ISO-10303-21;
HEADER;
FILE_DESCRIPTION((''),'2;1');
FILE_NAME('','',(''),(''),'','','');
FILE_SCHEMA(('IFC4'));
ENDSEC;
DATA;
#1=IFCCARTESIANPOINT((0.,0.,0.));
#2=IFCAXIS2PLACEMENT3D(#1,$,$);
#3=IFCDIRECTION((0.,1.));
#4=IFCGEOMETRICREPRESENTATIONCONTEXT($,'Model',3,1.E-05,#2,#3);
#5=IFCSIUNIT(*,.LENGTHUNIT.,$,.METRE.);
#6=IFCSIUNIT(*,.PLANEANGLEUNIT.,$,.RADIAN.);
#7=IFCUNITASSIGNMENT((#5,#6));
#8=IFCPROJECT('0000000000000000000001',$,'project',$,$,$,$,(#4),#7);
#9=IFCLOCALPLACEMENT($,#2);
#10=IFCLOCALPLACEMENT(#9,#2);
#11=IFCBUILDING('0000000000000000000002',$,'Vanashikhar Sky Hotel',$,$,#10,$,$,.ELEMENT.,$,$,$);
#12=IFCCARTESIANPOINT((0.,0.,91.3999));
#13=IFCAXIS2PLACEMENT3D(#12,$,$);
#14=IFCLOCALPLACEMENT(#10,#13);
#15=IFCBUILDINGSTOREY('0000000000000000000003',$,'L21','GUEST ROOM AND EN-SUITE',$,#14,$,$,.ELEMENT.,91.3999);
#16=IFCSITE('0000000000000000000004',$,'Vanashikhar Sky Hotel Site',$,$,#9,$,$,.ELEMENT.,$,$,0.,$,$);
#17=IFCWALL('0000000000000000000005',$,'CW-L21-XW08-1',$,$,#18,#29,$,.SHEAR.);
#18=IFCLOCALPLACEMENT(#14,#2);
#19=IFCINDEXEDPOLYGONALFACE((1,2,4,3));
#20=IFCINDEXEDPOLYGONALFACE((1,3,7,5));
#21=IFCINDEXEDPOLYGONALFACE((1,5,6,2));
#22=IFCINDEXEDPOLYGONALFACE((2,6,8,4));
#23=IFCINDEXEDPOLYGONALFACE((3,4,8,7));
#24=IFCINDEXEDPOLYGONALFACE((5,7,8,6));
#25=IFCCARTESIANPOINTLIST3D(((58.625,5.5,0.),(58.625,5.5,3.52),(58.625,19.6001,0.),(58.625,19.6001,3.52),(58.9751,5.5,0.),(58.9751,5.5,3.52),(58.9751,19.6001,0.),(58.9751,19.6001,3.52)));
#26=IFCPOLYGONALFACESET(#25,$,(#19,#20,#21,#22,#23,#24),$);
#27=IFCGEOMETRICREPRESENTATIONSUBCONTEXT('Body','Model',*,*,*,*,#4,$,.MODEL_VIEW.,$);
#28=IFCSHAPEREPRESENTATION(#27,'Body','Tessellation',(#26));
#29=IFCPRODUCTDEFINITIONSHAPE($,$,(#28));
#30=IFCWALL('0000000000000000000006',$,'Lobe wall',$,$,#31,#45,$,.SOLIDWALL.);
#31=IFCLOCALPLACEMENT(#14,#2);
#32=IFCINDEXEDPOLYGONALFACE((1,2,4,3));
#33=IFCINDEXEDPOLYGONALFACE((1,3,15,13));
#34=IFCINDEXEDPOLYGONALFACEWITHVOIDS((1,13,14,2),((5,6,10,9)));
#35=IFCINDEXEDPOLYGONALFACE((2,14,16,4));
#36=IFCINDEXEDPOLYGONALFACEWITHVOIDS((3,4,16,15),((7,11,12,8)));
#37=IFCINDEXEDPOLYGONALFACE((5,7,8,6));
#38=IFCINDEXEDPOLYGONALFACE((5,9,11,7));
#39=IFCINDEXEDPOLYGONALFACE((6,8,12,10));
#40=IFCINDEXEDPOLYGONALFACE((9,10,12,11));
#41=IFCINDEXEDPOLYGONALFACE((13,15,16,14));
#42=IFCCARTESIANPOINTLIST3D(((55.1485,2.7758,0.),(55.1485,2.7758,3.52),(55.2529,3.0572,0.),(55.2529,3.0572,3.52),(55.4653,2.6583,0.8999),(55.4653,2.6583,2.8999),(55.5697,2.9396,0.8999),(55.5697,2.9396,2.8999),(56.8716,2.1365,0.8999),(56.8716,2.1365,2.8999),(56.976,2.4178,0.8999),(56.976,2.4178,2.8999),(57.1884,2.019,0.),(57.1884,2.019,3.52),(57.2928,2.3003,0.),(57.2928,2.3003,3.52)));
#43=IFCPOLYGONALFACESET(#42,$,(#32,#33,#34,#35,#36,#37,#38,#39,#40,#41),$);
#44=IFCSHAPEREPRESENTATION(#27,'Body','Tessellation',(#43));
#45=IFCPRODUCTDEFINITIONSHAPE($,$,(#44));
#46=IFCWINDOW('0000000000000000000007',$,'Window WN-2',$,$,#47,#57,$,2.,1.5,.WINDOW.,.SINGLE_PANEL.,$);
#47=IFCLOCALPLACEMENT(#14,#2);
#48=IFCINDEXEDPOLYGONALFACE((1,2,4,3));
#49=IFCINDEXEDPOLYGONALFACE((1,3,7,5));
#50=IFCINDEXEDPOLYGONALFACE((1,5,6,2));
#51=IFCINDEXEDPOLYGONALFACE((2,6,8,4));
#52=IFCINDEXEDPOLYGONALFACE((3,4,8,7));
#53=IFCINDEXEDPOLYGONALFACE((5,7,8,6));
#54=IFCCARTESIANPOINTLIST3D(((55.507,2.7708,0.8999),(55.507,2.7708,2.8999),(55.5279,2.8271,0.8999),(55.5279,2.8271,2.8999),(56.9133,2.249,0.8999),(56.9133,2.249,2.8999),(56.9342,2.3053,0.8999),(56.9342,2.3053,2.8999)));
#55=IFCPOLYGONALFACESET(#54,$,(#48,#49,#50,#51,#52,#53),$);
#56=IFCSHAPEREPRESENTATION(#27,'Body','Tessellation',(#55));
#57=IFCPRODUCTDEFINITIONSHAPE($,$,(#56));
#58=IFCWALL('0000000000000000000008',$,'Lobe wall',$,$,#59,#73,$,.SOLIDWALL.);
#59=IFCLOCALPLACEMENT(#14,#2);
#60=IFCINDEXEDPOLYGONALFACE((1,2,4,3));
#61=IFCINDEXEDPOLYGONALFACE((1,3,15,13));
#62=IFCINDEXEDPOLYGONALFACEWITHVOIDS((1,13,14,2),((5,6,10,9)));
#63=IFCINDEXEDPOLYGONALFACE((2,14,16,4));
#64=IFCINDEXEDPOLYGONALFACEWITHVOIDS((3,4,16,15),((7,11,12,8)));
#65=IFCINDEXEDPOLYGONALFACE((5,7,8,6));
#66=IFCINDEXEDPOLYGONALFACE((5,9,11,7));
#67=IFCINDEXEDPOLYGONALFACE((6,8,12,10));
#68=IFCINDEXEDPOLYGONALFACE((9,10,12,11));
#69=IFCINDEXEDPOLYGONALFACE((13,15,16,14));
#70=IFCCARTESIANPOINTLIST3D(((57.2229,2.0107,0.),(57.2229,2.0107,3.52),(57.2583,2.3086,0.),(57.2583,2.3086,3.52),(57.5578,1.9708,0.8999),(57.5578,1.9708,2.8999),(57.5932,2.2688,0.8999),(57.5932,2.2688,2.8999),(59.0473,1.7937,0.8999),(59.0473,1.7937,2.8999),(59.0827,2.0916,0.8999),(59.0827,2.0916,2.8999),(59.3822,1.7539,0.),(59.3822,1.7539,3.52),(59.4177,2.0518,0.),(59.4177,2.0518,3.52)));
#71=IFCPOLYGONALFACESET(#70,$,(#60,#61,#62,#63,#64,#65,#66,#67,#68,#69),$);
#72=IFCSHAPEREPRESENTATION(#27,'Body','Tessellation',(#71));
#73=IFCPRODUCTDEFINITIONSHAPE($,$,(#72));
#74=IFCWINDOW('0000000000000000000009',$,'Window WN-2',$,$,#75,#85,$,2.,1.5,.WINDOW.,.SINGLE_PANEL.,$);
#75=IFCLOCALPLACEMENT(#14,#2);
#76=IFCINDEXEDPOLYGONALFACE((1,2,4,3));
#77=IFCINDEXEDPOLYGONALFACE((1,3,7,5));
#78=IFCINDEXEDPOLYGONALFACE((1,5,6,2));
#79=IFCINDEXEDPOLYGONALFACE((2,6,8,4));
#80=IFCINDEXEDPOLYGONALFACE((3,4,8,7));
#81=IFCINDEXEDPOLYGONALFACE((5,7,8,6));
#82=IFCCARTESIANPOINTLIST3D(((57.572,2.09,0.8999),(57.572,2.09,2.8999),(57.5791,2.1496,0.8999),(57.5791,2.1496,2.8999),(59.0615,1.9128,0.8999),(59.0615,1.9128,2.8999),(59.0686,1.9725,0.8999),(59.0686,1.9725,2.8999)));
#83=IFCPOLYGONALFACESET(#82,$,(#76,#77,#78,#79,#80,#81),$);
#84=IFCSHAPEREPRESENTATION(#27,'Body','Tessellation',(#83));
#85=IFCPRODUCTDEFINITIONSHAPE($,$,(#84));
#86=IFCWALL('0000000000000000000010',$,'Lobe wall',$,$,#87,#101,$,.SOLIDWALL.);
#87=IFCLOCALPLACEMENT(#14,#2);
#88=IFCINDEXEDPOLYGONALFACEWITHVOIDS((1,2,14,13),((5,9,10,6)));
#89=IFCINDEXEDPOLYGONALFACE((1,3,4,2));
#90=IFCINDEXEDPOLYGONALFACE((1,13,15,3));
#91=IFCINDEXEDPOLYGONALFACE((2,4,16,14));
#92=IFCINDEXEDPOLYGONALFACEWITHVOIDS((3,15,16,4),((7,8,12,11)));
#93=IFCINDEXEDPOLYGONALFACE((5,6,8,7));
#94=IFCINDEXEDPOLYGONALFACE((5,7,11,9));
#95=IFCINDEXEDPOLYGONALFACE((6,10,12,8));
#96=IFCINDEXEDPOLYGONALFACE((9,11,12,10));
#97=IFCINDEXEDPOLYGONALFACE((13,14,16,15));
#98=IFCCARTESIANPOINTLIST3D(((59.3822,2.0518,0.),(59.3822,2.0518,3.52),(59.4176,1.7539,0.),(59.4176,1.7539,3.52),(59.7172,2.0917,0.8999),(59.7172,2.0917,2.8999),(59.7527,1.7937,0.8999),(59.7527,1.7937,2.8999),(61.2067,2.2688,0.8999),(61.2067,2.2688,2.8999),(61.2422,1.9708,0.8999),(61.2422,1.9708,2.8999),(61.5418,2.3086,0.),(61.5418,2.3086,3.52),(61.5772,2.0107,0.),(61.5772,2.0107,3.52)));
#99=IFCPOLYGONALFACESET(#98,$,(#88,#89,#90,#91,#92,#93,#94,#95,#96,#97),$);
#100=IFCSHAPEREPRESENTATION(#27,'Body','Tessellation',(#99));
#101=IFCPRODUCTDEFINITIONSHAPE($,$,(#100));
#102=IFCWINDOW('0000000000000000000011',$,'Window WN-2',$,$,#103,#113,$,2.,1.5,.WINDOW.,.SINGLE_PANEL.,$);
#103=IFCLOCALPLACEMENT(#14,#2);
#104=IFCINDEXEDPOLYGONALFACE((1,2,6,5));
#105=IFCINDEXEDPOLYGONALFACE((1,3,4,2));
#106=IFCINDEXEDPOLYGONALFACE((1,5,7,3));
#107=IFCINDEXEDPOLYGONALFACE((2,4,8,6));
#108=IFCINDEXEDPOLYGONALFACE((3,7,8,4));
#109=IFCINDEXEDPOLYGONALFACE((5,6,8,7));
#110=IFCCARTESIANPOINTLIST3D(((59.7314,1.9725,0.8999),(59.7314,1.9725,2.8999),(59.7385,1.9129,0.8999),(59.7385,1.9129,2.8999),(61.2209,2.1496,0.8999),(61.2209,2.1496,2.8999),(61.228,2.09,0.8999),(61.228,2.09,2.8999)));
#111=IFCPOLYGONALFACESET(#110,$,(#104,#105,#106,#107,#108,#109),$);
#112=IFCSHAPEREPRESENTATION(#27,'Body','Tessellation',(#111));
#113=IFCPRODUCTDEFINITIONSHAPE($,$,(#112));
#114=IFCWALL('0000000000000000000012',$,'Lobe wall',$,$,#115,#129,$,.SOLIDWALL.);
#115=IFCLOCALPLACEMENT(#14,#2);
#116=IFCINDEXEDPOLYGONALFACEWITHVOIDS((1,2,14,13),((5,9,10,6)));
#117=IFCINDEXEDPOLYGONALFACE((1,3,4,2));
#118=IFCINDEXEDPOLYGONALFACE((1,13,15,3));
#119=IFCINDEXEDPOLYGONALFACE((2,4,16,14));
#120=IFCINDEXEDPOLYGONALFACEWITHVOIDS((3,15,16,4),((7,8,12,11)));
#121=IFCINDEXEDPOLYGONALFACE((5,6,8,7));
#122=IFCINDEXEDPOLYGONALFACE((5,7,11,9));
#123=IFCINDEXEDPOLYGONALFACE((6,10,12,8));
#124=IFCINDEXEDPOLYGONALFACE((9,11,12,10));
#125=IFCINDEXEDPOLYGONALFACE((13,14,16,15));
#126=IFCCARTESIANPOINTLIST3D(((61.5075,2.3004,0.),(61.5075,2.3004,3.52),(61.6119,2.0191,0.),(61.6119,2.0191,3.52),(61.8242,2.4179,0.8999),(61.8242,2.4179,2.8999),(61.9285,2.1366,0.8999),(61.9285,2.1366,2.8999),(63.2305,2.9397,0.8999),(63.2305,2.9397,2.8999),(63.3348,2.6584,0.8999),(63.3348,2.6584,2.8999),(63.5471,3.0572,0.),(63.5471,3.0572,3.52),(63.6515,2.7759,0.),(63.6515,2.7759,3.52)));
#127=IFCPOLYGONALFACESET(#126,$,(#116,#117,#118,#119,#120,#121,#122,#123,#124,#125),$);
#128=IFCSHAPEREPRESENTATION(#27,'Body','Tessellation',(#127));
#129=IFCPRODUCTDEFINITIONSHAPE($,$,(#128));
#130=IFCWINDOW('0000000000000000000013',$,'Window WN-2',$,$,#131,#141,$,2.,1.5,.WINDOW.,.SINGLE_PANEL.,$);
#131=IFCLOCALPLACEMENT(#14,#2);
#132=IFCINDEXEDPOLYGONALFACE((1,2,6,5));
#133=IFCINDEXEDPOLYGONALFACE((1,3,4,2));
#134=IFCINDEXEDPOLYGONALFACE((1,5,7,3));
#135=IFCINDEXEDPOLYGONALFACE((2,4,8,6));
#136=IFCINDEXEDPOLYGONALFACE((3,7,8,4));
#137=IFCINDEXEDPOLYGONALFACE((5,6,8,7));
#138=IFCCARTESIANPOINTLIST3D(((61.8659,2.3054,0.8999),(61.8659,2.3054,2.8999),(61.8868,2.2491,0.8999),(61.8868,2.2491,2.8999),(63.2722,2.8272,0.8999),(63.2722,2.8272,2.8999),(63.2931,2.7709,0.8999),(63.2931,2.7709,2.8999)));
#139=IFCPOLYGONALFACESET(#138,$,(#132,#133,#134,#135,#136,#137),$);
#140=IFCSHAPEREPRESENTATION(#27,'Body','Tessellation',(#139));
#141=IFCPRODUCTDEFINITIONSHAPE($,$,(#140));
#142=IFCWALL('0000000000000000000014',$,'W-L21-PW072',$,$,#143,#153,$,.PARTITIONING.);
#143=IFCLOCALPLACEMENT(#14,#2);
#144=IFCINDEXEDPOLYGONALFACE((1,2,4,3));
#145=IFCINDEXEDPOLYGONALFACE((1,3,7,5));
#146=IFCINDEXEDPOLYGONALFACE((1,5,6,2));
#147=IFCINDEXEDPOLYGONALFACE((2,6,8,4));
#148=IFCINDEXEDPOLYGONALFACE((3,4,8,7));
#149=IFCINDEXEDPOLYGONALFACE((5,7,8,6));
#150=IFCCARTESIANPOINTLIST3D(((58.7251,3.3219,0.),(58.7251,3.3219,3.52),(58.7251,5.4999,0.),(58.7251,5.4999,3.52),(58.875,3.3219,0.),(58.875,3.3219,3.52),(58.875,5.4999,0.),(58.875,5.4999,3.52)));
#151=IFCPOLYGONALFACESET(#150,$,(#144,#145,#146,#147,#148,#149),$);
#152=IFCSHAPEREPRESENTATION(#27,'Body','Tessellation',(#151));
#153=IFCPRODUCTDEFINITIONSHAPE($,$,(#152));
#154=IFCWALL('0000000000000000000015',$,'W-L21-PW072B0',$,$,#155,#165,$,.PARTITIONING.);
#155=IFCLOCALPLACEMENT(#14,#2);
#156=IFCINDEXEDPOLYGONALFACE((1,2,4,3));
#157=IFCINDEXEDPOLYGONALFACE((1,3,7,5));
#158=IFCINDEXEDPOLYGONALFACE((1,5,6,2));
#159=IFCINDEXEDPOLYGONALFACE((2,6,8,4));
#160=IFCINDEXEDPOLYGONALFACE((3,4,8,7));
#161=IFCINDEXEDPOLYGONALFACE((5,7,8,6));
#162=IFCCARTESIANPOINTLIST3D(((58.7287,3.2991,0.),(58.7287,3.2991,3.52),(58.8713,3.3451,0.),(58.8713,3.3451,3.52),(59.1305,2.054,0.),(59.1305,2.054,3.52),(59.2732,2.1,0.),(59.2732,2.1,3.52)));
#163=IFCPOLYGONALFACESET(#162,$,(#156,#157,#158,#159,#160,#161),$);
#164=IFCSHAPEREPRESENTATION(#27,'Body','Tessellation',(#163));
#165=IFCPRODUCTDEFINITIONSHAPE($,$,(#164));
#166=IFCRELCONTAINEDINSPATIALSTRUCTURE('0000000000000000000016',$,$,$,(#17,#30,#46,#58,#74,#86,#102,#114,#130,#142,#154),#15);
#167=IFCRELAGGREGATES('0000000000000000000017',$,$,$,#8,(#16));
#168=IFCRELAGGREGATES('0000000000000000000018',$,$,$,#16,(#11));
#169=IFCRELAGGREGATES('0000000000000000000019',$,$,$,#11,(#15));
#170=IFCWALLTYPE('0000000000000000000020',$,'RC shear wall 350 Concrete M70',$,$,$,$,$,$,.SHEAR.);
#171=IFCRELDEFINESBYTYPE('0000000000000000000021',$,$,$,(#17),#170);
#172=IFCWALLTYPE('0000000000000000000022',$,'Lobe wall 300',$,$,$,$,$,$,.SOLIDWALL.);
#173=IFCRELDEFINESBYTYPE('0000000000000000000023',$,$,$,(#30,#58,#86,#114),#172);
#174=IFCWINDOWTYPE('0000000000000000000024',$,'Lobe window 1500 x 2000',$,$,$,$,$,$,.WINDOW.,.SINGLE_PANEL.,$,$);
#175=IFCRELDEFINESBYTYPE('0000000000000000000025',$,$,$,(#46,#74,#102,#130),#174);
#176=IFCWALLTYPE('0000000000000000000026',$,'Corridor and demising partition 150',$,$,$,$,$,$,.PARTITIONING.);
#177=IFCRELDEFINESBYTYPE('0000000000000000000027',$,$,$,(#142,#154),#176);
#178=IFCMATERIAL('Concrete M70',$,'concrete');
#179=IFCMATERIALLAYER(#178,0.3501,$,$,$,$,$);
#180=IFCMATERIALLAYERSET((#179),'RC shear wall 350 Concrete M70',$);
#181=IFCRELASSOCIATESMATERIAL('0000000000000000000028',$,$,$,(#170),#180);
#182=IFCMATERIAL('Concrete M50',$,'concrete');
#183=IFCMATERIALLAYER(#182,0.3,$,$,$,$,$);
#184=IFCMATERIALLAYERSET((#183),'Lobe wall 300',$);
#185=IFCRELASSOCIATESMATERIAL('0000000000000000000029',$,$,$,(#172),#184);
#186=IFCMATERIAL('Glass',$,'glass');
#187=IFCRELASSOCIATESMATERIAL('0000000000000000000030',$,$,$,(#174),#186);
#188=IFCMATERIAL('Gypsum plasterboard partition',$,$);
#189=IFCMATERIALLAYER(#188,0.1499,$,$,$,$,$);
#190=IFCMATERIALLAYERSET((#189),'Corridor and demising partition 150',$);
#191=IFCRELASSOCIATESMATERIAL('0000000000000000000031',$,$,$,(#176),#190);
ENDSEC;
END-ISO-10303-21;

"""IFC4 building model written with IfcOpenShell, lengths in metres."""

from ifc_helpers import new_model, si_unit, direction, frame, frame_2d, origin, place, context, subcontext, project, spatial, rectangle, extrude, source, transform, mapped, material, layer, layer_set, type_object, element, fill, save


model = new_model("IFC4")

# Units and contexts
model_context = context("Model", 3, precision=1e-05, world=origin(), true_north=direction((0.0, 1.0)))
body_context = subcontext(model_context, "Body", "Model", "MODEL_VIEW")
ifc_project = project(units=[si_unit("LENGTHUNIT", "METRE"), si_unit("PLANEANGLEUNIT", "RADIAN")], contexts=[model_context])

# Site, building, storey
site_placement = place(None, origin())
site = spatial("IfcSite", under=ifc_project, at=site_placement, Name="Vanashikhar Sky Hotel Site", CompositionType="ELEMENT", RefElevation=0.0)
building_placement = place(site_placement, origin())
building = spatial("IfcBuilding", under=site, at=building_placement, Name="Vanashikhar Sky Hotel", CompositionType="ELEMENT")
storey_placement = place(building_placement, frame((0.0, 0.0, 91.3999)))
storey = spatial("IfcBuildingStorey", under=building, at=storey_placement, Name="L21", Description="GUEST ROOM AND EN-SUITE", CompositionType="ELEMENT", Elevation=91.3999)

# Wall
ifc_material_1 = material(Name="Concrete M70", Category="concrete")
ifc_layer_1 = layer(ifc_material_1, 0.3501)
ifc_layer_set_1 = layer_set([ifc_layer_1], Name="RC shear wall 350 Concrete M70")
wall_type_1 = type_object("IfcWallType", Name="RC shear wall 350 Concrete M70", PredefinedType="SHEAR", material=ifc_layer_set_1)
shared_shape_1 = source(origin(), body_context, "Body", "SweptSolid", [
    extrude(rectangle(XDim=14.1001, YDim=0.3501, at=frame_2d((7.05, 0.0))), origin(), (0.0, 0.0, 1.0), 3.52),
])
wall_1_placement = place(storey_placement, frame((58.8, 5.5, 0.0), z_axis=(0.0, 0.0, 1.0), x_axis=(0.0, 1.0, 0.0)))
element("IfcWall", 1, at=wall_1_placement, inside=storey, type_object=wall_type_1, Name="CW-L21-XW08-1", PredefinedType="SHEAR", context=body_context, shape_type="MappedRepresentation", body=[
    mapped(shared_shape_1, transform((0.0, 0.0, 0.0), scale=1.0)),
])

# Walls, openings, windows
ifc_material_2 = material(Name="Concrete M50", Category="concrete")
ifc_layer_2 = layer(ifc_material_2, 0.3)
ifc_layer_set_2 = layer_set([ifc_layer_2], Name="Lobe wall 300")
wall_type_2 = type_object("IfcWallType", Name="Lobe wall 300", PredefinedType="SOLIDWALL", material=ifc_layer_set_2)
shared_shape_2 = source(origin(), body_context, "Body", "SweptSolid", [
    extrude(rectangle(XDim=2.1758, YDim=0.3, at=frame_2d((1.0879, 0.0))), origin(), (0.0, 0.0, 1.0), 3.52),
])
wall_2_placement = place(storey_placement, frame((55.2007, 2.9165, 0.0), z_axis=(0.0, 0.0, 1.0), x_axis=(0.937546, -0.347863, 0.0)))
wall_2 = element("IfcWall", 2, at=wall_2_placement, inside=storey, type_object=wall_type_2, Name="Lobe wall", PredefinedType="SOLIDWALL", context=body_context, shape_type="MappedRepresentation", body=[
    mapped(shared_shape_2, transform((0.0, 0.0, 0.0), scale=1.0)),
])
shared_shape_3 = source(origin(), body_context, "Body", "SweptSolid", [
    extrude(rectangle(XDim=1.5, YDim=2.0, at=frame_2d((0.75, 1.0))), frame((0.0, 0.1602, 0.0), z_axis=(0.0, -1.0, 0.0), x_axis=(1.0, 0.0, 0.0)), (0.0, 0.0, 1.0), 0.3201),
])
opening_1_placement = place(wall_2_placement, frame((0.3379, 0.0, 0.8999)))
opening_1 = element("IfcOpeningElement", 3, at=opening_1_placement, cuts=wall_2, PredefinedType="OPENING", context=body_context, shape_type="MappedRepresentation", body=[
    mapped(shared_shape_3, transform((0.0, 0.0, 0.0), scale=1.0)),
])
ifc_material_3 = material(Name="Glass", Category="glass")
window_type = type_object("IfcWindowType", Name="Lobe window 1500 x 2000", PartitioningType="SINGLE_PANEL", PredefinedType="WINDOW", material=ifc_material_3)
shared_shape_4 = source(origin(), body_context, "Body", "SweptSolid", [
    extrude(rectangle(XDim=1.5, YDim=2.0, at=frame_2d((0.75, 1.0))), frame((0.0, 0.03, 0.0), z_axis=(0.0, -1.0, 0.0), x_axis=(1.0, 0.0, 0.0)), (0.0, 0.0, 1.0), 0.0601),
])
window_1_placement = place(opening_1_placement, origin())
window_1 = element("IfcWindow", 4, at=window_1_placement, inside=storey, type_object=window_type, Name="Window WN-2", OverallHeight=2.0, OverallWidth=1.5, PartitioningType="SINGLE_PANEL", PredefinedType="WINDOW", context=body_context, shape_type="MappedRepresentation", body=[
    mapped(shared_shape_4, transform((0.0, 0.0, 0.0), scale=1.0)),
])
fill(opening_1, window_1)
shared_shape_5 = source(origin(), body_context, "Body", "SweptSolid", [
    extrude(rectangle(XDim=2.1746, YDim=0.3, at=frame_2d((1.0874, 0.0))), origin(), (0.0, 0.0, 1.0), 3.52),
])
wall_3_placement = place(storey_placement, frame((57.2405, 2.1597, 0.0), z_axis=(0.0, 0.0, 1.0), x_axis=(0.993001, -0.118105, 0.0)))
wall_3 = element("IfcWall", 5, at=wall_3_placement, inside=storey, type_object=wall_type_2, Name="Lobe wall", PredefinedType="SOLIDWALL", context=body_context, shape_type="MappedRepresentation", body=[
    mapped(shared_shape_5, transform((0.0, 0.0, 0.0), scale=1.0)),
])
opening_2_placement = place(wall_3_placement, frame((0.3374, 0.0, 0.8999)))
opening_2 = element("IfcOpeningElement", 6, at=opening_2_placement, cuts=wall_3, PredefinedType="OPENING", context=body_context, shape_type="MappedRepresentation", body=[
    mapped(shared_shape_3, transform((0.0, 0.0, 0.0), scale=1.0)),
])
window_2_placement = place(opening_2_placement, origin())
window_2 = element("IfcWindow", 7, at=window_2_placement, inside=storey, type_object=window_type, Name="Window WN-2", OverallHeight=2.0, OverallWidth=1.5, PartitioningType="SINGLE_PANEL", PredefinedType="WINDOW", context=body_context, shape_type="MappedRepresentation", body=[
    mapped(shared_shape_4, transform((0.0, 0.0, 0.0), scale=1.0)),
])
fill(opening_2, window_2)
shared_shape_6 = source(origin(), body_context, "Body", "SweptSolid", [
    extrude(rectangle(XDim=2.1748, YDim=0.3, at=frame_2d((1.0874, 0.0))), origin(), (0.0, 0.0, 1.0), 3.52),
])
wall_4_placement = place(storey_placement, frame((59.3999, 1.9028, 0.0), z_axis=(0.0, 0.0, 1.0), x_axis=(0.993003, 0.118092, 0.0)))
wall_4 = element("IfcWall", 8, at=wall_4_placement, inside=storey, type_object=wall_type_2, Name="Lobe wall", PredefinedType="SOLIDWALL", context=body_context, shape_type="MappedRepresentation", body=[
    mapped(shared_shape_6, transform((0.0, 0.0, 0.0), scale=1.0)),
])
opening_3_placement = place(wall_4_placement, frame((0.3374, 0.0, 0.8999)))
opening_3 = element("IfcOpeningElement", 9, at=opening_3_placement, cuts=wall_4, PredefinedType="OPENING", context=body_context, shape_type="MappedRepresentation", body=[
    mapped(shared_shape_3, transform((0.0, 0.0, 0.0), scale=1.0)),
])
window_3_placement = place(opening_3_placement, origin())
window_3 = element("IfcWindow", 10, at=window_3_placement, inside=storey, type_object=window_type, Name="Window WN-2", OverallHeight=2.0, OverallWidth=1.5, PartitioningType="SINGLE_PANEL", PredefinedType="WINDOW", context=body_context, shape_type="MappedRepresentation", body=[
    mapped(shared_shape_4, transform((0.0, 0.0, 0.0), scale=1.0)),
])
fill(opening_3, window_3)
shared_shape_7 = source(origin(), body_context, "Body", "SweptSolid", [
    extrude(rectangle(XDim=2.1755, YDim=0.3, at=frame_2d((1.0879, 0.0))), origin(), (0.0, 0.0, 1.0), 3.52),
])
wall_5_placement = place(storey_placement, frame((61.5596, 2.1597, 0.0), z_axis=(0.0, 0.0, 1.0), x_axis=(0.937532, 0.347899, 0.0)))
wall_5 = element("IfcWall", 11, at=wall_5_placement, inside=storey, type_object=wall_type_2, Name="Lobe wall", PredefinedType="SOLIDWALL", context=body_context, shape_type="MappedRepresentation", body=[
    mapped(shared_shape_7, transform((0.0, 0.0, 0.0), scale=1.0)),
])
opening_4_placement = place(wall_5_placement, frame((0.3379, 0.0, 0.8999)))
opening_4 = element("IfcOpeningElement", 12, at=opening_4_placement, cuts=wall_5, PredefinedType="OPENING", context=body_context, shape_type="MappedRepresentation", body=[
    mapped(shared_shape_3, transform((0.0, 0.0, 0.0), scale=1.0)),
])
window_4_placement = place(opening_4_placement, origin())
window_4 = element("IfcWindow", 13, at=window_4_placement, inside=storey, type_object=window_type, Name="Window WN-2", OverallHeight=2.0, OverallWidth=1.5, PartitioningType="SINGLE_PANEL", PredefinedType="WINDOW", context=body_context, shape_type="MappedRepresentation", body=[
    mapped(shared_shape_4, transform((0.0, 0.0, 0.0), scale=1.0)),
])
fill(opening_4, window_4)

# Walls
ifc_material_4 = material(Name="Gypsum plasterboard partition")
ifc_layer_3 = layer(ifc_material_4, 0.1499)
ifc_layer_set_3 = layer_set([ifc_layer_3], Name="Corridor and demising partition 150")
wall_type_3 = type_object("IfcWallType", Name="Corridor and demising partition 150", PredefinedType="PARTITIONING", material=ifc_layer_set_3)
shared_shape_8 = source(origin(), body_context, "Body", "SweptSolid", [
    extrude(rectangle(XDim=2.178, YDim=0.1499, at=frame_2d((1.0889, 0.0))), origin(), (0.0, 0.0, 1.0), 3.52),
])
wall_6_placement = place(storey_placement, frame((58.8, 3.322, 0.0), z_axis=(0.0, 0.0, 1.0), x_axis=(0.0, 1.0, 0.0)))
element("IfcWall", 14, at=wall_6_placement, inside=storey, type_object=wall_type_3, Name="W-L21-PW072", PredefinedType="PARTITIONING", context=body_context, shape_type="MappedRepresentation", body=[
    mapped(shared_shape_8, transform((0.0, 0.0, 0.0), scale=1.0)),
])
shared_shape_9 = source(origin(), body_context, "Body", "SweptSolid", [
    extrude(rectangle(XDim=1.3083, YDim=0.1499, at=frame_2d((0.6543, 0.0))), origin(), (0.0, 0.0, 1.0), 3.52),
])
wall_7_placement = place(storey_placement, frame((59.2019, 2.0769, 0.0), z_axis=(0.0, 0.0, 1.0), x_axis=(-0.307145, 0.951663, 0.0)))
element("IfcWall", 15, at=wall_7_placement, inside=storey, type_object=wall_type_3, Name="W-L21-PW072B0", PredefinedType="PARTITIONING", context=body_context, shape_type="MappedRepresentation", body=[
    mapped(shared_shape_9, transform((0.0, 0.0, 0.0), scale=1.0)),
])

save(model, "model.ifc")
